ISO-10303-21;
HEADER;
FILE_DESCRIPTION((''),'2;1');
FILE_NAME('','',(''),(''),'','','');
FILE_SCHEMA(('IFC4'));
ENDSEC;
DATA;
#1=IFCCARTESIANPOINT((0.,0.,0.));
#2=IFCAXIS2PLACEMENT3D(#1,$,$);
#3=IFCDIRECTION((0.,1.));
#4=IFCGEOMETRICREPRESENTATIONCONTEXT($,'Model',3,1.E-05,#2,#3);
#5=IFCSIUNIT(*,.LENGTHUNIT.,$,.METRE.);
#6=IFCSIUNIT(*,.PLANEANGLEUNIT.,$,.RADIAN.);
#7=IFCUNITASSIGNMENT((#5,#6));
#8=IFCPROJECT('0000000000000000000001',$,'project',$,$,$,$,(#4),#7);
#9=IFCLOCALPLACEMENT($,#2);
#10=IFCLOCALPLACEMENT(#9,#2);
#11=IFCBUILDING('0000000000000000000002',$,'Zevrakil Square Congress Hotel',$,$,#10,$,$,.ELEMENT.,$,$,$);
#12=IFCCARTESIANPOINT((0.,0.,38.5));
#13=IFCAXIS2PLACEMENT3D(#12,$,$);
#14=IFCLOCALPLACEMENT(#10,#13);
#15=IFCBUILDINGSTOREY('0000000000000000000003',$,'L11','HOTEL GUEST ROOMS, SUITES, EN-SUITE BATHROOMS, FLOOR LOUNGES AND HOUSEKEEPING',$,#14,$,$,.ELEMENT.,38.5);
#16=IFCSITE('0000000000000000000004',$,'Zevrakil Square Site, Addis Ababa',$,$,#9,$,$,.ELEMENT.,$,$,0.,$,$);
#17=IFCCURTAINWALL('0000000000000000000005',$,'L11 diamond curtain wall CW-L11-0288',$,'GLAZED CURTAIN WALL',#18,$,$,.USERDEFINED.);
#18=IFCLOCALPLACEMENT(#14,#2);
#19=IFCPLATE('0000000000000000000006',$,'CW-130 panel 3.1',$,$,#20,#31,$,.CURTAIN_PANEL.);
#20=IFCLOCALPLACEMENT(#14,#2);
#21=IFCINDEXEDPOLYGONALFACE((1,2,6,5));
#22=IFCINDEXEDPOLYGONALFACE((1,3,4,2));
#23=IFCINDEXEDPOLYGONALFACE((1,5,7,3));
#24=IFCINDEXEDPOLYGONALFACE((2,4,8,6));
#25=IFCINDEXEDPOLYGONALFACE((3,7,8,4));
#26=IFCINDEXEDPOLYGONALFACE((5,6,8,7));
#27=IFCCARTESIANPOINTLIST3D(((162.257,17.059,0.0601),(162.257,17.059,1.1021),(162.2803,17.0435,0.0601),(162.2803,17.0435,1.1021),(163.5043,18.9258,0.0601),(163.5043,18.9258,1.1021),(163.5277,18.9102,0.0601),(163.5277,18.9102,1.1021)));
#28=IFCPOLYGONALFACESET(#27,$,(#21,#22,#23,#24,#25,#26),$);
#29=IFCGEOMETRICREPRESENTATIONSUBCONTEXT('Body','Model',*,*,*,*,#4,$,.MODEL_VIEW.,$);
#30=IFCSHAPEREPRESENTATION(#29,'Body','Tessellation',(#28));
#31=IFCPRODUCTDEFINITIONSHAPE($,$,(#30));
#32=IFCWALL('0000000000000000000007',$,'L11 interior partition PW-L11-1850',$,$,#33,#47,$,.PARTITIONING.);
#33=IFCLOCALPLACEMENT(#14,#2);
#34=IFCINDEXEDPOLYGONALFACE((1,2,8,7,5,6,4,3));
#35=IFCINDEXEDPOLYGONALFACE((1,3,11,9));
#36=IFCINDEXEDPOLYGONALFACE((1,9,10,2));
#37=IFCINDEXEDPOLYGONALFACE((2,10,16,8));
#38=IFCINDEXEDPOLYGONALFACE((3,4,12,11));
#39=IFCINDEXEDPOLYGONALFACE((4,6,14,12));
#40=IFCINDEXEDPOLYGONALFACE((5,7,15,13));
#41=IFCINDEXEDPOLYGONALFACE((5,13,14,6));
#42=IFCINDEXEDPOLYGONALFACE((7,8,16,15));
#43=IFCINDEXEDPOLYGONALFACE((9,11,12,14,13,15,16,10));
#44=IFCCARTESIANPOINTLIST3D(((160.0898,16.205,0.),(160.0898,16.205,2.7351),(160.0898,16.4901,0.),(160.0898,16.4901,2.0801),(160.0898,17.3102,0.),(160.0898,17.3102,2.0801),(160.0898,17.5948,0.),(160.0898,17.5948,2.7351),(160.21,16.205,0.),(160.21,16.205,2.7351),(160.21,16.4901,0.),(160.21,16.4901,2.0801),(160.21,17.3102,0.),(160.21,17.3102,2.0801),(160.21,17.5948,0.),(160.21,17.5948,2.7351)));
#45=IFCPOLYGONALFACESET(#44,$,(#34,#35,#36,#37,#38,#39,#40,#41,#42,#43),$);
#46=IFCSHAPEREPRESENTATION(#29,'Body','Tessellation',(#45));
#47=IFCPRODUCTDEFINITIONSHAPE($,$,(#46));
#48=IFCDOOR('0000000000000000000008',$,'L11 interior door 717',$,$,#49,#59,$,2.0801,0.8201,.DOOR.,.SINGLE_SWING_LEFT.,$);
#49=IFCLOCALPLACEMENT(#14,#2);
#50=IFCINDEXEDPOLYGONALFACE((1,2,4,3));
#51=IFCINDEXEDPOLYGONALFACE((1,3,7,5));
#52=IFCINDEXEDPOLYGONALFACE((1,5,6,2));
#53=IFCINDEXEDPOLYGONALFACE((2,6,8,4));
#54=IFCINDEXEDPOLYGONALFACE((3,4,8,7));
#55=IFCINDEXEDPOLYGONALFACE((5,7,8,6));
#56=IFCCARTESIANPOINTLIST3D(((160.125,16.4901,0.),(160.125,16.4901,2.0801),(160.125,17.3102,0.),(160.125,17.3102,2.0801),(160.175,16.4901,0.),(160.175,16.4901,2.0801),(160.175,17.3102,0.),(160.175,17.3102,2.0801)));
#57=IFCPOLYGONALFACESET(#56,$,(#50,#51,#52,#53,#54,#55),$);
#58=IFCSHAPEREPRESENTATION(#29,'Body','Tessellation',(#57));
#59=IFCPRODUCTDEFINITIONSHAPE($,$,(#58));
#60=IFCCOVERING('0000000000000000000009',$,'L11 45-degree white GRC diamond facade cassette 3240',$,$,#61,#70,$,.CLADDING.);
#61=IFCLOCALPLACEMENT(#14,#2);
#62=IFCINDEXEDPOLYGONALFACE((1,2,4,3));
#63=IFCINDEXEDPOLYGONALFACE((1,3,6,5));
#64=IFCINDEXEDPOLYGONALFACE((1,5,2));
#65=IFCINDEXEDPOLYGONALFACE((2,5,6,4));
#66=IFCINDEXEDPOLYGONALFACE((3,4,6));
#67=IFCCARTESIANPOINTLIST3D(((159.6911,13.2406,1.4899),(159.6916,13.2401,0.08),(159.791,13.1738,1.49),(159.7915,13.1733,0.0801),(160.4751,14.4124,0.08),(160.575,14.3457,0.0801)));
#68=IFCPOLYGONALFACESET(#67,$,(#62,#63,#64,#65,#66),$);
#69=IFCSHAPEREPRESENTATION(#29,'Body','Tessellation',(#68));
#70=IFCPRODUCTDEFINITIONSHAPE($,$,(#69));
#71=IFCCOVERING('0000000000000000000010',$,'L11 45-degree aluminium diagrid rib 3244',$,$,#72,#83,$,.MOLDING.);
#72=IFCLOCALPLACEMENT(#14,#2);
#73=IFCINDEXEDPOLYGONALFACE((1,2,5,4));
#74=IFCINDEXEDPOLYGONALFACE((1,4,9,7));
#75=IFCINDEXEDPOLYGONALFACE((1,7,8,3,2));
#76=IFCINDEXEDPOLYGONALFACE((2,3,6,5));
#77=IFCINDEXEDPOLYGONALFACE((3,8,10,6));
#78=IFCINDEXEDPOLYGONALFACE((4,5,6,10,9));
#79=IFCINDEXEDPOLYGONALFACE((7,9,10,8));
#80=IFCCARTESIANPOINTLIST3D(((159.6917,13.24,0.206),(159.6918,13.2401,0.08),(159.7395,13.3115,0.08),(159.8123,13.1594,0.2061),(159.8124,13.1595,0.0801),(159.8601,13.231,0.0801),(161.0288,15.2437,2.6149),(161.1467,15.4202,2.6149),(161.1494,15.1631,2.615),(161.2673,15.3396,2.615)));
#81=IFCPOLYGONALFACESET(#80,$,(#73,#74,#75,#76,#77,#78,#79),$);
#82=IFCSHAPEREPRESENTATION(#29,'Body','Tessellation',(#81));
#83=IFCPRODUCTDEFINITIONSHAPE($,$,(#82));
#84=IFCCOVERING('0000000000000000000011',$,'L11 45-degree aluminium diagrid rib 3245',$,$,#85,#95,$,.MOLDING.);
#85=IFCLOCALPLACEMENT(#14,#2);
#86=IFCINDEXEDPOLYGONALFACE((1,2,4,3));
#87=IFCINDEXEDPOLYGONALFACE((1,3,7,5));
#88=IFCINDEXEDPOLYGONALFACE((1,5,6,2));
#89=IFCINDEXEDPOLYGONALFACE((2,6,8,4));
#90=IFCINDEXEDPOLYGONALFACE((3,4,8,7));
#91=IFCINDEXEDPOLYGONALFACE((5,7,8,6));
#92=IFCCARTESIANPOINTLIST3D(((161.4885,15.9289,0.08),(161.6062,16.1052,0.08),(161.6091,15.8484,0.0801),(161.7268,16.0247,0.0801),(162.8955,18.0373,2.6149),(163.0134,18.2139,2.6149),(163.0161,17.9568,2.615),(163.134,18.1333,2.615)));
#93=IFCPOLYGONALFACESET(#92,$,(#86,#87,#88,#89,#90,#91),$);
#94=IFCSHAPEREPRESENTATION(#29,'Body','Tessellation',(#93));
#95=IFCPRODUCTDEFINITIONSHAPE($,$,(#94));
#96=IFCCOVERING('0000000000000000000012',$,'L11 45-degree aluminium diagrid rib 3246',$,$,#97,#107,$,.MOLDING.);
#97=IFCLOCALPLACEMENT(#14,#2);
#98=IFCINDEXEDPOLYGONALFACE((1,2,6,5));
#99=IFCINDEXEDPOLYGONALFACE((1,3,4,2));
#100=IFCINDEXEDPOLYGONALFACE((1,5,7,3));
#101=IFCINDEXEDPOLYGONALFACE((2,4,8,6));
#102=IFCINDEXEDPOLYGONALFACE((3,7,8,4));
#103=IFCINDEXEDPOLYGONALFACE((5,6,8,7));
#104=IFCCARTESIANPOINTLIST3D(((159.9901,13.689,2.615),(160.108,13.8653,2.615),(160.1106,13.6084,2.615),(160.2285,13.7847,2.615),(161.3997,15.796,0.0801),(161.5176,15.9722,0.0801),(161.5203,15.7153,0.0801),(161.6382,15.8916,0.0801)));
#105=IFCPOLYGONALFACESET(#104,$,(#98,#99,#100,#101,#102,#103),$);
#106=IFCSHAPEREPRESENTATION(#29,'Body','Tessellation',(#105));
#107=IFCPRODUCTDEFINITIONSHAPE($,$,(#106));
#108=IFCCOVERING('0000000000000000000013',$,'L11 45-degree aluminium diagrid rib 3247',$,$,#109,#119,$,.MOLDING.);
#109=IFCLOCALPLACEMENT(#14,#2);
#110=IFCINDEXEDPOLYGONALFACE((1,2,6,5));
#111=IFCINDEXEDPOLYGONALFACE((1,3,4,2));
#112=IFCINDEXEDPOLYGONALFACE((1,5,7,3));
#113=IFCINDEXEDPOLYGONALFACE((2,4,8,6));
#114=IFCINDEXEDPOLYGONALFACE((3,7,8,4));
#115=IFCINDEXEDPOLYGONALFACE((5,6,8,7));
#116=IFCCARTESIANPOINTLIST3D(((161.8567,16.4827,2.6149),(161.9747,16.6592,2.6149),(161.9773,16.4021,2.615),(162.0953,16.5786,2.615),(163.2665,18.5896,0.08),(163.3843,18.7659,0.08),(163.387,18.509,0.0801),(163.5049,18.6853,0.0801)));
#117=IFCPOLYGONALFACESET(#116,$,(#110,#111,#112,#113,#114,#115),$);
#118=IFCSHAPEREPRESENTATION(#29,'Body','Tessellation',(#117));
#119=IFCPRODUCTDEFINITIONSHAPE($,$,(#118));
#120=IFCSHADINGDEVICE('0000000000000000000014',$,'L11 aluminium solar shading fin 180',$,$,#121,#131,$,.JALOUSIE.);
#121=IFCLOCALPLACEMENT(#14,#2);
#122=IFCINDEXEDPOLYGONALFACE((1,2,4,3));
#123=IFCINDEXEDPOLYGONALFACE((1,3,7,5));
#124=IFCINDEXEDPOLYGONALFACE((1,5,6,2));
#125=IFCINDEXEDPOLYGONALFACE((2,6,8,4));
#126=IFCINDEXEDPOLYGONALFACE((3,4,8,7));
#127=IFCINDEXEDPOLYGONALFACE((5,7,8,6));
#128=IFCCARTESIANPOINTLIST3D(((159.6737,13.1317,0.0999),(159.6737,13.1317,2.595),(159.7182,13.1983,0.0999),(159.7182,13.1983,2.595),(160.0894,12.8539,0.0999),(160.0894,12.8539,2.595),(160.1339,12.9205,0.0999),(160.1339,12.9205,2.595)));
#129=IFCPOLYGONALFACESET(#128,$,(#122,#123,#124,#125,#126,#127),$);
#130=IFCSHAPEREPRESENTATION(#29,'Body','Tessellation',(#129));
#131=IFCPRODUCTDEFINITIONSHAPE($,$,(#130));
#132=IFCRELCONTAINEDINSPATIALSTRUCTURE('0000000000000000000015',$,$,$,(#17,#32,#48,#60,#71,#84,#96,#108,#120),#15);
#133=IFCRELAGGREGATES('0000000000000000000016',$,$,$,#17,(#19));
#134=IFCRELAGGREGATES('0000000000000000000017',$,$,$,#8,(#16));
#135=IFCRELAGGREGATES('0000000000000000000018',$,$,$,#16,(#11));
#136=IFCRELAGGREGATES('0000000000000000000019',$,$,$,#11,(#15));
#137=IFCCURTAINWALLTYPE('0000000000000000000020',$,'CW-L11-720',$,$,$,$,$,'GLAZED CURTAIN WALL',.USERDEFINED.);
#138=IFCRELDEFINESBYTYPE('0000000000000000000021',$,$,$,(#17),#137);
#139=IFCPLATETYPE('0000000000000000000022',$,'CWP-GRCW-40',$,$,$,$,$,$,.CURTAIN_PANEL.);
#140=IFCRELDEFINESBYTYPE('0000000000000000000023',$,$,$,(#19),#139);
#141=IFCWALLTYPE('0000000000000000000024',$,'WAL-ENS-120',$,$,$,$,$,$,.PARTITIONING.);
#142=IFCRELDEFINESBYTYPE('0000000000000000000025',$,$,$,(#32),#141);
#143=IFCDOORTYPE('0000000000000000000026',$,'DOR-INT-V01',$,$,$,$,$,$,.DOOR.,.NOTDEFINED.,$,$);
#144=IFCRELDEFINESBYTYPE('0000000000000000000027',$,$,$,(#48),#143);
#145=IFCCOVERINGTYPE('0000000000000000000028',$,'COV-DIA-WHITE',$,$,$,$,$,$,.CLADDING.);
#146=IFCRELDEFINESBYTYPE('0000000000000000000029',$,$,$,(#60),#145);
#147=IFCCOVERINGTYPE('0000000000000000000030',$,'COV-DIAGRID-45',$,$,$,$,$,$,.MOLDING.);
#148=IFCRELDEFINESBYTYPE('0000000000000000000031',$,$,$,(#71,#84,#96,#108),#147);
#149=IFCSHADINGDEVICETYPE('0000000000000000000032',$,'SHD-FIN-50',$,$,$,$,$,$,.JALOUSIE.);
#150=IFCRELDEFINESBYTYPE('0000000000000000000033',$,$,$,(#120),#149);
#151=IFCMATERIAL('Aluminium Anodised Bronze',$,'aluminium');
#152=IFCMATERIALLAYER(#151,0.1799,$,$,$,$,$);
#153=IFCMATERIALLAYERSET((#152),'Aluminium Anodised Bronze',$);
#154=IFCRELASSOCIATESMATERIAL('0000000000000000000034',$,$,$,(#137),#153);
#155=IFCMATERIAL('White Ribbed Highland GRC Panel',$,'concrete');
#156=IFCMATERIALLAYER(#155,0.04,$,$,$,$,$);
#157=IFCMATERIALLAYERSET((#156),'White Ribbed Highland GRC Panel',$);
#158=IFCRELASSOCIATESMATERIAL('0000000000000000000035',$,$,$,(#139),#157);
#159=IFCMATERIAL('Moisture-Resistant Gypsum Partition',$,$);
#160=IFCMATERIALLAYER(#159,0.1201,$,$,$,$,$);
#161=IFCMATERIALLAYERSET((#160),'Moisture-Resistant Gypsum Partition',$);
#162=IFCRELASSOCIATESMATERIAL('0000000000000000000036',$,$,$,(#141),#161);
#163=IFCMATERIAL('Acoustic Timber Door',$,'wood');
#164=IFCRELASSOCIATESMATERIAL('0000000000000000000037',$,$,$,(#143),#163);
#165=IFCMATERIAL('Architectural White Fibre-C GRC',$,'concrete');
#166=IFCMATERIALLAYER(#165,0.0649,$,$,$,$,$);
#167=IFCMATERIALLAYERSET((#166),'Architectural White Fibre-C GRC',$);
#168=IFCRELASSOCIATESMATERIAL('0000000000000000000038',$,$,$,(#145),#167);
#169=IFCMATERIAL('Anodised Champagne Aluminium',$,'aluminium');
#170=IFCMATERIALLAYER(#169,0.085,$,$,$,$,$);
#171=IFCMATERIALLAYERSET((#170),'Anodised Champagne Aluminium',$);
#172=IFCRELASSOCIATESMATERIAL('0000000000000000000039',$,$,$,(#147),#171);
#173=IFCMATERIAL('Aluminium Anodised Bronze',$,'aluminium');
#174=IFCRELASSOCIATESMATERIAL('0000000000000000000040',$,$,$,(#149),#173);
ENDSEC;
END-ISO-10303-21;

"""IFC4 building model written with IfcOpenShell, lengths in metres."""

from ifc_helpers import new_model, si_unit, direction, frame, frame_2d, origin, origin_2d, place, context, subcontext, project, spatial, polyline, rectangle, outline, extrude, material, layer, layer_set, type_object, element, fill, aggregate, save


model = new_model("IFC4")

# Units and contexts
model_context = context("Model", 3, precision=1e-05, world=origin(), true_north=direction((0.0, 1.0)))
body_context = subcontext(model_context, "Body", "Model", "MODEL_VIEW")
ifc_project = project(units=[si_unit("LENGTHUNIT", "METRE"), si_unit("PLANEANGLEUNIT", "RADIAN")], contexts=[model_context])

# Site, building, storey
site_placement = place(None, origin())
site = spatial("IfcSite", under=ifc_project, at=site_placement, Name="Zevrakil Square Site, Addis Ababa", CompositionType="ELEMENT", RefElevation=0.0)
building_placement = place(site_placement, origin())
building = spatial("IfcBuilding", under=site, at=building_placement, Name="Zevrakil Square Congress Hotel", CompositionType="ELEMENT")
storey_placement = place(building_placement, frame((0.0, 0.0, 38.5)))
storey = spatial("IfcBuildingStorey", under=building, at=storey_placement, Name="L11", Description="HOTEL GUEST ROOMS, SUITES, EN-SUITE BATHROOMS, FLOOR LOUNGES AND HOUSEKEEPING", CompositionType="ELEMENT", Elevation=38.5)

# Curtain wall
ifc_material_1 = material(Name="Aluminium Anodised Bronze", Category="aluminium")
ifc_layer_1 = layer(ifc_material_1, 0.1799)
ifc_layer_set_1 = layer_set([ifc_layer_1], Name="Aluminium Anodised Bronze")
curtain_wall_type = type_object("IfcCurtainWallType", Name="CW-L11-720", ElementType="GLAZED CURTAIN WALL", PredefinedType="USERDEFINED", material=ifc_layer_set_1)
curtain_wall_placement = place(storey_placement, origin())
curtain_wall = element("IfcCurtainWall", 1, at=curtain_wall_placement, inside=storey, type_object=curtain_wall_type, Name="L11 diamond curtain wall CW-L11-0288", ObjectType="GLAZED CURTAIN WALL", PredefinedType="USERDEFINED")

# Plate
ifc_material_2 = material(Name="White Ribbed Highland GRC Panel", Category="concrete")
ifc_layer_2 = layer(ifc_material_2, 0.04)
ifc_layer_set_2 = layer_set([ifc_layer_2], Name="White Ribbed Highland GRC Panel")
plate_type_1 = type_object("IfcPlateType", Name="CWP-GRCW-40", PredefinedType="CURTAIN_PANEL", material=ifc_layer_set_2)
plate_1_placement = place(storey_placement, frame((162.8923, 17.9846, 0.0601), z_axis=(0.0, 0.0, 1.0), x_axis=(0.555576, 0.831466, 0.0)))
plate_1 = element("IfcPlate", 2, at=plate_1_placement, type_object=plate_type_1, Name="CW-130 panel 3.1", PredefinedType="CURTAIN_PANEL", context=body_context, shape_type="SweptSolid", body=[
    extrude(rectangle(XDim=2.2451, YDim=0.0281, at=origin_2d()), origin(), (0.0, 0.0, 1.0), 1.042),
])
aggregate(curtain_wall, [plate_1])

# Wall, opening, door
ifc_material_3 = material(Name="Moisture-Resistant Gypsum Partition")
ifc_layer_3 = layer(ifc_material_3, 0.1201)
ifc_layer_set_3 = layer_set([ifc_layer_3], Name="Moisture-Resistant Gypsum Partition")
wall_type = type_object("IfcWallType", Name="WAL-ENS-120", PredefinedType="PARTITIONING", material=ifc_layer_set_3)
wall_placement = place(storey_placement, frame((160.1499, 16.2051, 0.0), z_axis=(0.0, 0.0, 1.0), x_axis=(0.0, 1.0, 0.0)))
wall = element("IfcWall", 3, at=wall_placement, inside=storey, type_object=wall_type, Name="L11 interior partition PW-L11-1850", PredefinedType="PARTITIONING", context=body_context, shape_type="SweptSolid", body=[
    extrude(rectangle(XDim=1.3899, YDim=0.1201, at=frame_2d((0.6948, 0.0))), origin(), (0.0, 0.0, 1.0), 2.7351),
])
opening_placement = place(wall_placement, frame((0.2849, 0.0, 0.0)))
opening = element("IfcOpeningElement", 4, at=opening_placement, cuts=wall, PredefinedType="OPENING", context=body_context, shape_type="SweptSolid", body=[
    extrude(rectangle(XDim=0.8201, YDim=2.0801, at=frame_2d((0.4102, 1.04))), frame((0.0, 0.0701, 0.0), z_axis=(0.0, -1.0, 0.0), x_axis=(1.0, 0.0, 0.0)), (0.0, 0.0, 1.0), 0.1401),
])
ifc_material_4 = material(Name="Acoustic Timber Door", Category="wood")
door_type = type_object("IfcDoorType", Name="DOR-INT-V01", OperationType="NOTDEFINED", PredefinedType="DOOR", material=ifc_material_4)
door_placement = place(opening_placement, origin())
door = element("IfcDoor", 5, at=door_placement, inside=storey, type_object=door_type, Name="L11 interior door 717", OperationType="SINGLE_SWING_LEFT", OverallHeight=2.0801, OverallWidth=0.8201, PredefinedType="DOOR", context=body_context, shape_type="SweptSolid", body=[
    extrude(rectangle(XDim=0.8201, YDim=2.0801, at=frame_2d((0.4102, 1.04))), frame((0.0, 0.0249, 0.0), z_axis=(0.0, -1.0, 0.0), x_axis=(1.0, 0.0, 0.0)), (0.0, 0.0, 1.0), 0.05),
])
fill(opening, door)

# Coverings
ifc_material_5 = material(Name="Architectural White Fibre-C GRC", Category="concrete")
ifc_layer_4 = layer(ifc_material_5, 0.0649)
ifc_layer_set_4 = layer_set([ifc_layer_4], Name="Architectural White Fibre-C GRC")
covering_type_1 = type_object("IfcCoveringType", Name="COV-DIA-WHITE", PredefinedType="CLADDING", material=ifc_layer_set_4)
covering_1_placement = place(storey_placement, frame((160.575, 14.3457, 0.0801), z_axis=(0.831437, -0.555619, 0.00048), x_axis=(-0.555619, -0.831437, 0.0)))
element("IfcCovering", 6, at=covering_1_placement, inside=storey, type_object=covering_type_1, Name="L11 45-degree white GRC diamond facade cassette 3240", PredefinedType="CLADDING", context=body_context, shape_type="SweptSolid", body=[
    extrude(outline(polyline([(0.0, 0.0), (1.41, 0.0), (1.4099, -1.4099), (0.0, 0.0)])), origin(), (0.0, 0.0, -1.0), 0.1201),
])
ifc_material_6 = material(Name="Anodised Champagne Aluminium", Category="aluminium")
ifc_layer_5 = layer(ifc_material_6, 0.085)
ifc_layer_set_5 = layer_set([ifc_layer_5], Name="Anodised Champagne Aluminium")
covering_type_2 = type_object("IfcCoveringType", Name="COV-DIAGRID-45", PredefinedType="MOLDING", material=ifc_layer_set_5)
covering_2_placement = place(storey_placement, frame((159.8601, 13.231, 0.0801), z_axis=(0.831538, -0.555468, 0.000473), x_axis=(-0.555468, -0.831538, -0.000001)))
element("IfcCovering", 7, at=covering_2_placement, inside=storey, type_object=covering_type_2, Name="L11 45-degree aluminium diagrid rib 3244", PredefinedType="MOLDING", context=body_context, shape_type="SweptSolid", body=[
    extrude(outline(polyline([(0.0, 0.0), (0.0859, 0.0), (0.0861, -0.126), (-2.3228, -2.5349), (-2.5351, -2.5349), (0.0, 0.0)])), origin(), (0.0, 0.0, -1.0), 0.145),
])
covering_3_placement = place(storey_placement, frame((161.7268, 16.0247, 0.0801), z_axis=(0.831607, -0.555364, 0.000331), x_axis=(-0.555364, -0.831607, 0.0)))
element("IfcCovering", 8, at=covering_3_placement, inside=storey, type_object=covering_type_2, Name="L11 45-degree aluminium diagrid rib 3245", PredefinedType="MOLDING", context=body_context, shape_type="SweptSolid", body=[
    extrude(outline(polyline([(0.0, 0.0), (0.2119, 0.0), (-2.3228, -2.5349), (-2.5351, -2.5349), (0.0, 0.0)])), origin(), (0.0, 0.0, -1.0), 0.145),
])
covering_4_placement = place(storey_placement, frame((160.1106, 13.6084, 2.615), z_axis=(0.831164, -0.556028, 0.00006), x_axis=(0.556028, 0.831164, 0.0)))
element("IfcCovering", 9, at=covering_4_placement, inside=storey, type_object=covering_type_2, Name="L11 45-degree aluminium diagrid rib 3246", PredefinedType="MOLDING", context=body_context, shape_type="SweptSolid", body=[
    extrude(outline(polyline([(0.0, 0.0), (0.2121, 0.0), (2.7471, -2.5349), (2.535, -2.5349), (0.0, 0.0)])), origin(), (0.0, 0.0, -1.0), 0.145),
])
covering_5_placement = place(storey_placement, frame((161.9773, 16.4021, 2.615), z_axis=(0.831341, -0.555762, 0.000406), x_axis=(0.555762, 0.831342, 0.0)))
element("IfcCovering", 10, at=covering_5_placement, inside=storey, type_object=covering_type_2, Name="L11 45-degree aluminium diagrid rib 3247", PredefinedType="MOLDING", context=body_context, shape_type="SweptSolid", body=[
    extrude(outline(polyline([(0.0, 0.0), (0.2123, 0.0), (2.7471, -2.5349), (2.535, -2.5349), (0.0, 0.0)])), origin(), (0.0, 0.0, -1.0), 0.145),
])

# Shading device
ifc_material_7 = material(Name="Aluminium Anodised Bronze", Category="aluminium")
shading_device_type = type_object("IfcShadingDeviceType", Name="SHD-FIN-50", PredefinedType="JALOUSIE", material=ifc_material_7)
shading_device_placement = place(storey_placement, frame((159.9038, 13.0261, 0.0999), z_axis=(0.0, 0.0, 1.0), x_axis=(0.83147, -0.55557, 0.0)))
element("IfcShadingDevice", 11, at=shading_device_placement, inside=storey, type_object=shading_device_type, Name="L11 aluminium solar shading fin 180", PredefinedType="JALOUSIE", context=body_context, shape_type="SweptSolid", body=[
    extrude(rectangle(XDim=0.5, YDim=0.0801, at=origin_2d()), origin(), (0.0, 0.0, 1.0), 2.4951),
])

save(model, "model.ifc")
